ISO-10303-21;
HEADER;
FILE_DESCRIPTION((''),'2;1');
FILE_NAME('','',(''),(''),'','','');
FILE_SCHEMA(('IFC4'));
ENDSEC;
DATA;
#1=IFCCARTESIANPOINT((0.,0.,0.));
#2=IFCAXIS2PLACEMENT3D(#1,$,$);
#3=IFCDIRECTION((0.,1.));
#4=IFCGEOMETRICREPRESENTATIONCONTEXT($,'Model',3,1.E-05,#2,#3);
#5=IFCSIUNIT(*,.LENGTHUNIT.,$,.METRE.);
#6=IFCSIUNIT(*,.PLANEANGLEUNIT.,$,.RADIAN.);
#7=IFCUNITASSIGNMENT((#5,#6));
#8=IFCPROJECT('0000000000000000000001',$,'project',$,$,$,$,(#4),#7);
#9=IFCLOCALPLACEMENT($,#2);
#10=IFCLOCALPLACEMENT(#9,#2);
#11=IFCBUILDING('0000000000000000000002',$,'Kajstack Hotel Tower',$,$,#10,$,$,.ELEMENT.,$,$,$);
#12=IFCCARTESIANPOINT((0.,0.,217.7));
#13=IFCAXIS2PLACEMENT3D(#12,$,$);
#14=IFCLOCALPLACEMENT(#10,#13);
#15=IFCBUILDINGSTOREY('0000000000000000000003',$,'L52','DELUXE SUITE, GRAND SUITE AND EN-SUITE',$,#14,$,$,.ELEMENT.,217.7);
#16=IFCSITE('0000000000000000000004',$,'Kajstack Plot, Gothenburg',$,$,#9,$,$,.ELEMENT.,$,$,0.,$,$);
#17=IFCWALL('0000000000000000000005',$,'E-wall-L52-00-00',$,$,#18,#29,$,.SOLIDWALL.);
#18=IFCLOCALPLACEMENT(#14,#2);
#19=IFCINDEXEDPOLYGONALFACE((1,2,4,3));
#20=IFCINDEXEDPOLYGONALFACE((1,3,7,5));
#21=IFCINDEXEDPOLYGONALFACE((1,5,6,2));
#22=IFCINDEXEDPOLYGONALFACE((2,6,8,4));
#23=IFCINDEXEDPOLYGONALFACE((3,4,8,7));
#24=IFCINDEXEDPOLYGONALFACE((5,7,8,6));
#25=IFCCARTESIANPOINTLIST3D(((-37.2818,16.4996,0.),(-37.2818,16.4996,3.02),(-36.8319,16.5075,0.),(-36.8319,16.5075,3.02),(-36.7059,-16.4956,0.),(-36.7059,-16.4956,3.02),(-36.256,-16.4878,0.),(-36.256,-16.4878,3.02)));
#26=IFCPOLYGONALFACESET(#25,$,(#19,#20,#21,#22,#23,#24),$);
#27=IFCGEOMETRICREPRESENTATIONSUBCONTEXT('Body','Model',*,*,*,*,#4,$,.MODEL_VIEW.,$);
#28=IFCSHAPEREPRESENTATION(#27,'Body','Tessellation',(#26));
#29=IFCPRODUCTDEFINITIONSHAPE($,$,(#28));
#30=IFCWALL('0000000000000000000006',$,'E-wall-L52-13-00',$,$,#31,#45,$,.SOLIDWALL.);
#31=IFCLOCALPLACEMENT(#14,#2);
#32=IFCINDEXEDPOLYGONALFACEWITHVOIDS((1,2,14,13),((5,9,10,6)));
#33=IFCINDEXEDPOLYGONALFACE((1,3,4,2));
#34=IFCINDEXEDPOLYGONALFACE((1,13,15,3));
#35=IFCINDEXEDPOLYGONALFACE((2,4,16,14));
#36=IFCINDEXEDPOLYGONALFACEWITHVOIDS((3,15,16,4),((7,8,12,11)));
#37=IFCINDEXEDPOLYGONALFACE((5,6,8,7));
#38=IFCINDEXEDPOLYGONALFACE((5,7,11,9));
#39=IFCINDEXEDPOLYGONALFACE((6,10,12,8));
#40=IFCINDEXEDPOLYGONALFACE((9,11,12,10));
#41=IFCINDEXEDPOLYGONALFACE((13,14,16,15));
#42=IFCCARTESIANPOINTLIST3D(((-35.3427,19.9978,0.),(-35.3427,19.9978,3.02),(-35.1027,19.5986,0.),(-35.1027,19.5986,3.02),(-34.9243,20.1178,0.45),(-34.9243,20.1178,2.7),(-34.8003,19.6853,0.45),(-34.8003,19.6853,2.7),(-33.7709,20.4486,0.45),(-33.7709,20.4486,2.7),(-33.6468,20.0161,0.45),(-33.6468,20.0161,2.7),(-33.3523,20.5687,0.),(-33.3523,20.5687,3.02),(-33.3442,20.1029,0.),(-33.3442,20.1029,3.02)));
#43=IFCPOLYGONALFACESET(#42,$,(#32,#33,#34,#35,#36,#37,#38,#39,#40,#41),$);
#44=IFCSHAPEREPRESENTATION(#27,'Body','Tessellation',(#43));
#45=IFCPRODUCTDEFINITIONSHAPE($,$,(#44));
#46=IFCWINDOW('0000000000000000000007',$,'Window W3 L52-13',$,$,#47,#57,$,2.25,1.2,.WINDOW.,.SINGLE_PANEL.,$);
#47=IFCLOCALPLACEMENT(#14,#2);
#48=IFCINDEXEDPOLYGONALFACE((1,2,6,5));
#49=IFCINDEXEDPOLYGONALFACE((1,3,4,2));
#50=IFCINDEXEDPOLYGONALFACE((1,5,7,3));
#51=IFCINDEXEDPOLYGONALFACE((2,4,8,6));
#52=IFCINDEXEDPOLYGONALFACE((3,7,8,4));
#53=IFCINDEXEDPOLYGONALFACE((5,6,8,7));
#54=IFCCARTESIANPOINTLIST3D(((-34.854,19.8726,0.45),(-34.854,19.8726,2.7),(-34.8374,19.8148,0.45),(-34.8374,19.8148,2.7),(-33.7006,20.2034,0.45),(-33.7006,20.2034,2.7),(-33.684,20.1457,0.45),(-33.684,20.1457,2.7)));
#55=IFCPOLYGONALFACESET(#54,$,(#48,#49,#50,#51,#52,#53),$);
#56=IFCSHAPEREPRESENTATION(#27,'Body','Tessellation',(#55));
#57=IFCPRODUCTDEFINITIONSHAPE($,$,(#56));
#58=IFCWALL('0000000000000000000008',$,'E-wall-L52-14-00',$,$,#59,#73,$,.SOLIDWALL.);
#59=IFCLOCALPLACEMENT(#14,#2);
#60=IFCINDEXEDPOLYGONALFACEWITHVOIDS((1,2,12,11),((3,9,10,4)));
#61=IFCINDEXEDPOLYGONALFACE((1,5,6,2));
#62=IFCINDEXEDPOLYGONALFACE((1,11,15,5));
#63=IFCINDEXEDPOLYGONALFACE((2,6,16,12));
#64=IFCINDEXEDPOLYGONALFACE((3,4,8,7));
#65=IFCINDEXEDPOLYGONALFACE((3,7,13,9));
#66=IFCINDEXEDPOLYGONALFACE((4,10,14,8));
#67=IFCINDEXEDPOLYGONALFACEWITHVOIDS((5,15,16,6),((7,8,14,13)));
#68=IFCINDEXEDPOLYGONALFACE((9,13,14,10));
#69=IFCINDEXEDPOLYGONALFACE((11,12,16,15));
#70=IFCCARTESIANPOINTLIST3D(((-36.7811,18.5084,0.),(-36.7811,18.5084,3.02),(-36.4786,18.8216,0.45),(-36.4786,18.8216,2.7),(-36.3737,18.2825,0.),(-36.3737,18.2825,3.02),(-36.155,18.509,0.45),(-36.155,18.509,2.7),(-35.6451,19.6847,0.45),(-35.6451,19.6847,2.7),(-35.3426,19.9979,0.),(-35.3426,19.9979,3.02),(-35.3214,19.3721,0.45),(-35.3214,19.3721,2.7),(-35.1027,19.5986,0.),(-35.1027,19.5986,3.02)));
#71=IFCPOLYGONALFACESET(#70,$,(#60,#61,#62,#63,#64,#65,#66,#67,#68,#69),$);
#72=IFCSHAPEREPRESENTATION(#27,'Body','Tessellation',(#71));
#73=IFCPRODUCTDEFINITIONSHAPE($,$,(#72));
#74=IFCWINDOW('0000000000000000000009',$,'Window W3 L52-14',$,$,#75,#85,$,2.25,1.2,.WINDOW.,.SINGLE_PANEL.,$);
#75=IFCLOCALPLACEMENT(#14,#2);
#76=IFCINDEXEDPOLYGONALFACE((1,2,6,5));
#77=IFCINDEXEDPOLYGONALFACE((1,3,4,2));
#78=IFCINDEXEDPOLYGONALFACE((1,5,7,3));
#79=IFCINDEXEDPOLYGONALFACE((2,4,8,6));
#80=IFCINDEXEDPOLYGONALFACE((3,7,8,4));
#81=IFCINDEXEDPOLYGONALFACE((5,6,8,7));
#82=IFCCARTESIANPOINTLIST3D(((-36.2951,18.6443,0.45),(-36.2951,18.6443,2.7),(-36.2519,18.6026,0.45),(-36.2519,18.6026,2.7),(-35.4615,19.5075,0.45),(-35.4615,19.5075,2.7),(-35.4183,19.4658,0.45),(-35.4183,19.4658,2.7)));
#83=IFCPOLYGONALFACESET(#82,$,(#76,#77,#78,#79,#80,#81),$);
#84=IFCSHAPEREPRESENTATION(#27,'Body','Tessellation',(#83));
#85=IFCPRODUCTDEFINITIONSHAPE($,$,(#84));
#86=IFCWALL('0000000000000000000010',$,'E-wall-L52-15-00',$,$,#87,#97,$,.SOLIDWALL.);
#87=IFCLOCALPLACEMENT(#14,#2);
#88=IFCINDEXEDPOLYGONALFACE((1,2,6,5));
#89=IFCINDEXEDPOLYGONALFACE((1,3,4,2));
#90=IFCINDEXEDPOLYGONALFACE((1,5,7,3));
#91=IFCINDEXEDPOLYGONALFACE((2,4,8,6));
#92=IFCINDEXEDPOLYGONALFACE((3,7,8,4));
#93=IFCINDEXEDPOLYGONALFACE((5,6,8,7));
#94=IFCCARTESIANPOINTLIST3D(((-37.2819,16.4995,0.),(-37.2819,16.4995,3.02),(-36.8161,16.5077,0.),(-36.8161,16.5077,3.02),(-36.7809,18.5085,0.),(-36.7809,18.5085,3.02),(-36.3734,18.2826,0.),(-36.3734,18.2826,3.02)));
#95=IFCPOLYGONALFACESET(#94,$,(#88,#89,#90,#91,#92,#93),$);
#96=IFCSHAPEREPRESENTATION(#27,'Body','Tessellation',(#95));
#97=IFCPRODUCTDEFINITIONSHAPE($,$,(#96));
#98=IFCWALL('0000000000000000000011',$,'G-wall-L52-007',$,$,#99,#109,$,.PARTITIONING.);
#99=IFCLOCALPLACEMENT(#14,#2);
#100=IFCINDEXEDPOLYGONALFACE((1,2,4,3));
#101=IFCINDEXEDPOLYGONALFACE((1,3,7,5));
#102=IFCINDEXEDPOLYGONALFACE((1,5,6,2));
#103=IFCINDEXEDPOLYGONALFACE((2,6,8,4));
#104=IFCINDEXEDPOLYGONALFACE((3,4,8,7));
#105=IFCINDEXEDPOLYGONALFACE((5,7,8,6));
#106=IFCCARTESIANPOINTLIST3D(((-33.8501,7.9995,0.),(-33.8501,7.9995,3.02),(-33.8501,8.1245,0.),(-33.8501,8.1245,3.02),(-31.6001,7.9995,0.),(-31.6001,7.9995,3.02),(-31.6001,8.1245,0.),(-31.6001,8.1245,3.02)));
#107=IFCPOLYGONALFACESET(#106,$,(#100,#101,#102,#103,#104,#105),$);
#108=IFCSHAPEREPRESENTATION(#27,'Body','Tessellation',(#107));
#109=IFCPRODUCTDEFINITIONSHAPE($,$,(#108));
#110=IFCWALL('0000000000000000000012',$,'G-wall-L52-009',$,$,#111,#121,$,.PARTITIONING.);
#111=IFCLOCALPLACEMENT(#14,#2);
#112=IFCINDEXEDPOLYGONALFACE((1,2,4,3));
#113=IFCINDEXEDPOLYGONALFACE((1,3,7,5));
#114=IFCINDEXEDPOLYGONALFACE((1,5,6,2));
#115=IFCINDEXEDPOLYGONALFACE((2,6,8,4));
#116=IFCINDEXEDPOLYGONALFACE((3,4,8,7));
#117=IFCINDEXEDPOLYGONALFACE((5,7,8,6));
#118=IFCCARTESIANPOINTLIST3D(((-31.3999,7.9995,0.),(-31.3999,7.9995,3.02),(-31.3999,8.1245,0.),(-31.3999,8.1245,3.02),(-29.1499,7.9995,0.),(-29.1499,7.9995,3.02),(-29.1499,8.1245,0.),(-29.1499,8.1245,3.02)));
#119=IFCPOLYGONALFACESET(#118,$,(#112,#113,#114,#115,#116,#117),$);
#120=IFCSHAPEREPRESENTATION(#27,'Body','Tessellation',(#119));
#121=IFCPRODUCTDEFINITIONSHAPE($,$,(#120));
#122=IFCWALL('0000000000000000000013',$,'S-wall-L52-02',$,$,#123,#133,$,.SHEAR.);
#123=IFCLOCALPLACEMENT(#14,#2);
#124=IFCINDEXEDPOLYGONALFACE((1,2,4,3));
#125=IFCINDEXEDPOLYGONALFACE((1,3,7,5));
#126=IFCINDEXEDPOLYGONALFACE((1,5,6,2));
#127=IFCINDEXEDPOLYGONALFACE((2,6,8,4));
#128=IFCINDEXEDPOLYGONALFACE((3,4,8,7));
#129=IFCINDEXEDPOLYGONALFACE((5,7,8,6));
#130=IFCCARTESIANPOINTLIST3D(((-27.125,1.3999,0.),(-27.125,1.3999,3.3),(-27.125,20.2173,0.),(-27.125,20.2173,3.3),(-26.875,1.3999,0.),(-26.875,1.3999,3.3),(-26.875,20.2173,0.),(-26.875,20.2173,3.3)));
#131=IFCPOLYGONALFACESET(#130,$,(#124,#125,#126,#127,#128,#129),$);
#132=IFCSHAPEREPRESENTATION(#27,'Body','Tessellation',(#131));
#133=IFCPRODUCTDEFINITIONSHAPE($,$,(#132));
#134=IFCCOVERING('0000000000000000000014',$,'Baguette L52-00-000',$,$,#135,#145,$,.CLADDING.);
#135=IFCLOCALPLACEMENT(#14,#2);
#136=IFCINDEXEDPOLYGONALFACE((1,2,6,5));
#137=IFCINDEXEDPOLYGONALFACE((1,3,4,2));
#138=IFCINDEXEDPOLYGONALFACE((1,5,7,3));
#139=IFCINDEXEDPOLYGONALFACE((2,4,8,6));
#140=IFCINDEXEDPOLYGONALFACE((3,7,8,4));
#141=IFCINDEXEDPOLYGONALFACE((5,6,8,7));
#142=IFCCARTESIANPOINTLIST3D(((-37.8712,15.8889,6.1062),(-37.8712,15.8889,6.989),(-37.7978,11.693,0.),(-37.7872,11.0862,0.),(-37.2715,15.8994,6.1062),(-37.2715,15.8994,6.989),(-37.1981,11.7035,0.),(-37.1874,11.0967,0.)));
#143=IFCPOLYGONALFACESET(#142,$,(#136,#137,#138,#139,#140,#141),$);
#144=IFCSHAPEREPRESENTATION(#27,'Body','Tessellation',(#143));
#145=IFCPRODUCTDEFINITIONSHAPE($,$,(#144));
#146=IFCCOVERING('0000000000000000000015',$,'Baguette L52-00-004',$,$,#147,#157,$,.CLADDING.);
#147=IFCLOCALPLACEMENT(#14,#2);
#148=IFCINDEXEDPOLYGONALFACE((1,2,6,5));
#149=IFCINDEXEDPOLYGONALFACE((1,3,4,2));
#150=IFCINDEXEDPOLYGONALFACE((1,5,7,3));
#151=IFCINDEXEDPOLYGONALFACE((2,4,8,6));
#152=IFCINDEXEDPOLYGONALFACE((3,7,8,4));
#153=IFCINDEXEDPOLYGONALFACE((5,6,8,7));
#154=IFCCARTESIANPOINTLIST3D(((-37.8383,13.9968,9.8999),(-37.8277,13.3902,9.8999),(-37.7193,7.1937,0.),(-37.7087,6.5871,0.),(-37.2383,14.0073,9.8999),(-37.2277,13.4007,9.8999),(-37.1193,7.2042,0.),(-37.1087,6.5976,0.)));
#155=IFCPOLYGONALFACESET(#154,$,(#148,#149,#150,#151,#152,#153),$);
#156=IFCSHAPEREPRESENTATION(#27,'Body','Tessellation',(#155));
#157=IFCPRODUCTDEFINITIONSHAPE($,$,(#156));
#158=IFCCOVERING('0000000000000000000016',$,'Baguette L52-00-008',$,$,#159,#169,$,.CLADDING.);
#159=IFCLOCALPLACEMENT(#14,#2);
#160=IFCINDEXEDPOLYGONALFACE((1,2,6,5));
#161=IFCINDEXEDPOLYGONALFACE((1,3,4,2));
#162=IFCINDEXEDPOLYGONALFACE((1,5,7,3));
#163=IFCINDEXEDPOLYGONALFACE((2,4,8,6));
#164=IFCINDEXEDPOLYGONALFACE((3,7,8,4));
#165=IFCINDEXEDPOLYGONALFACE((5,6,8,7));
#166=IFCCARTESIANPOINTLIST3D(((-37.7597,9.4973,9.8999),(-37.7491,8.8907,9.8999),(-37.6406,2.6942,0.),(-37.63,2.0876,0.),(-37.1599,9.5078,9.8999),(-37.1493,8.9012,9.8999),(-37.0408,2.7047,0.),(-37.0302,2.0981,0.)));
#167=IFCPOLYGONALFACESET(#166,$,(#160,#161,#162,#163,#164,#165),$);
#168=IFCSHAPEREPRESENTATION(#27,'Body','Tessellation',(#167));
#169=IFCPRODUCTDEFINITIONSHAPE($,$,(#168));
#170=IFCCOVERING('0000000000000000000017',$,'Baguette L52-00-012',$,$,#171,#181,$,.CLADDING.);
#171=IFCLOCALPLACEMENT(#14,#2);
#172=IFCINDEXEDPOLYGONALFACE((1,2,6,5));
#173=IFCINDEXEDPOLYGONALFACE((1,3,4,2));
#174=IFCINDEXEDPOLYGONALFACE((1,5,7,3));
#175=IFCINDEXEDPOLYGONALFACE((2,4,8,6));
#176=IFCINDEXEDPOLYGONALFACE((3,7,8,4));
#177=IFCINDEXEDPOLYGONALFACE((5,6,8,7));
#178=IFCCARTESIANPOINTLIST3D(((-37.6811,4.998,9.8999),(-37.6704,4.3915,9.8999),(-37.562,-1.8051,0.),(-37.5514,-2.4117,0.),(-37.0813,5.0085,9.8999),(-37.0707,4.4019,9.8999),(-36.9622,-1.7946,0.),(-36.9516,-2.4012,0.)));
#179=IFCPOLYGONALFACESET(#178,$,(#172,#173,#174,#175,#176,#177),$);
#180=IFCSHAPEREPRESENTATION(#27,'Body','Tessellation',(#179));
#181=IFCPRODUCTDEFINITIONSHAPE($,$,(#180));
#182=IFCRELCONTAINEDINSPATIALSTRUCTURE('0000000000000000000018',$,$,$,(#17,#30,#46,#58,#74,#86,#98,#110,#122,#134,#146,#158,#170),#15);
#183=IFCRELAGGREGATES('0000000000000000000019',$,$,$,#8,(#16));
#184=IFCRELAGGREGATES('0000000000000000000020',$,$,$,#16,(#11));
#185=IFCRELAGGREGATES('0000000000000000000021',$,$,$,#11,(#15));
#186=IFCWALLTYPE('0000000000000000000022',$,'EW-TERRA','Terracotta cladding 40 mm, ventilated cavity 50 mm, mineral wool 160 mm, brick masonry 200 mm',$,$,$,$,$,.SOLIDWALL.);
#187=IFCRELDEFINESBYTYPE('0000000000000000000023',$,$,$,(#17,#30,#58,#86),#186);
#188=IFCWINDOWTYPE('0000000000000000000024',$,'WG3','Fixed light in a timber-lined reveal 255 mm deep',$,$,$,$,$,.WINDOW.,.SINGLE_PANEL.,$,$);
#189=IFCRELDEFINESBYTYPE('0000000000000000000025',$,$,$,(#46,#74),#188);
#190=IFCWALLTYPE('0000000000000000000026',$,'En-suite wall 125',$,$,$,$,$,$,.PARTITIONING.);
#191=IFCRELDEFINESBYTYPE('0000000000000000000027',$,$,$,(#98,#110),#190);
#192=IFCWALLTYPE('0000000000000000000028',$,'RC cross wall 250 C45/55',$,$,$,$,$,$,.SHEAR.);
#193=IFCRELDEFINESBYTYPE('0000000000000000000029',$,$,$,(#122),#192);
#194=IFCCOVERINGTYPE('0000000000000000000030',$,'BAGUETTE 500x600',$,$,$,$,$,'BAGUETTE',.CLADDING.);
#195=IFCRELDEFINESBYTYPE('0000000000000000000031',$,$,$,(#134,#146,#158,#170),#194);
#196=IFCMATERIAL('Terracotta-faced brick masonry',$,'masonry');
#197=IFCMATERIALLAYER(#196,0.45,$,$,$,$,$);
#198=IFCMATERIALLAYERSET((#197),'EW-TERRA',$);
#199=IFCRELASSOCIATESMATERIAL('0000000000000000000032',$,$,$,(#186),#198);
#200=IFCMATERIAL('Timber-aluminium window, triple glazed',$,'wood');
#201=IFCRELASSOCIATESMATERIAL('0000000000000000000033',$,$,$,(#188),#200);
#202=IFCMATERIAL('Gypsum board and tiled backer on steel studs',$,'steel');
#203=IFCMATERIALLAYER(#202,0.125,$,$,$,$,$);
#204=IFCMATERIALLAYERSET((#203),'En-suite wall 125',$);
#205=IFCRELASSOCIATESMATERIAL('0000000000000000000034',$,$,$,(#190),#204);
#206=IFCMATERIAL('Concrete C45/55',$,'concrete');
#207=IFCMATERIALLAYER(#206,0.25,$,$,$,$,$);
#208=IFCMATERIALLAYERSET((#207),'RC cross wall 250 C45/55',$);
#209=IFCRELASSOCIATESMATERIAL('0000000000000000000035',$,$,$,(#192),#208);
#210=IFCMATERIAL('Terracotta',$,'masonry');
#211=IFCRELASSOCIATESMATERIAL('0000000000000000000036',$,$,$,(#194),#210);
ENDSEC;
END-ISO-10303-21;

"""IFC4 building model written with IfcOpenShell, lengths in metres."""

from ifc_helpers import new_model, si_unit, direction, frame, frame_2d, origin, origin_2d, place, context, subcontext, project, spatial, polyline, rectangle, outline, extrude, material, layer, layer_set, material_profile, profile_set, type_object, element, fill, save


model = new_model("IFC4")

# Units and contexts
model_context = context("Model", 3, precision=1e-05, world=origin(), true_north=direction((0.0, 1.0)))
body_context = subcontext(model_context, "Body", "Model", "MODEL_VIEW")
ifc_project = project(units=[si_unit("LENGTHUNIT", "METRE"), si_unit("PLANEANGLEUNIT", "RADIAN")], contexts=[model_context])

# Site, building, storey
site_placement = place(None, origin())
site = spatial("IfcSite", under=ifc_project, at=site_placement, Name="Kajstack Plot, Gothenburg", CompositionType="ELEMENT", RefElevation=0.0)
building_placement = place(site_placement, origin())
building = spatial("IfcBuilding", under=site, at=building_placement, Name="Kajstack Hotel Tower", CompositionType="ELEMENT")
storey_placement = place(building_placement, frame((0.0, 0.0, 217.7)))
storey = spatial("IfcBuildingStorey", under=building, at=storey_placement, Name="L52", Description="DELUXE SUITE, GRAND SUITE AND EN-SUITE", CompositionType="ELEMENT", Elevation=217.7)

# Wall
ifc_material_1 = material(Name="Terracotta-faced brick masonry", Category="masonry")
ifc_layer_1 = layer(ifc_material_1, 0.45)
ifc_layer_set_1 = layer_set([ifc_layer_1], Name="EW-TERRA")
wall_type_1 = type_object("IfcWallType", Name="EW-TERRA", Description="Terracotta cladding 40 mm, ventilated cavity 50 mm, mineral wool 160 mm, brick masonry 200 mm", PredefinedType="SOLIDWALL", material=ifc_layer_set_1)
wall_1_placement = place(storey_placement, frame((-37.0569, 16.5034, 0.0), z_axis=(0.0, 0.0, 1.0), x_axis=(0.017452, -0.999848, 0.0)))
element("IfcWall", 1, at=wall_1_placement, inside=storey, type_object=wall_type_1, Name="E-wall-L52-00-00", PredefinedType="SOLIDWALL", context=body_context, shape_type="SweptSolid", body=[
    extrude(rectangle(XDim=33.0002, YDim=0.45, at=frame_2d((16.5, 0.0))), origin(), (0.0, 0.0, 1.0), 3.02),
])

# Walls, openings, windows
wall_2_placement = place(storey_placement, frame((-33.2903, 20.3523, 0.0), z_axis=(0.0, 0.0, 1.0), x_axis=(-0.961248, -0.275687, 0.0)))
wall_2 = element("IfcWall", 2, at=wall_2_placement, inside=storey, type_object=wall_type_1, Name="E-wall-L52-13-00", PredefinedType="SOLIDWALL", context=body_context, shape_type="SweptSolid", body=[
    extrude(outline(polyline([(0.0, -0.2251), (2.0706, -0.2251), (1.95, 0.2249), (0.1206, 0.2249), (0.0, -0.2251)])), origin(), (0.0, 0.0, 1.0), 3.02),
])
opening_1_placement = place(wall_2_placement, frame((0.4353, 0.0, 0.45)))
opening_1 = element("IfcOpeningElement", 3, at=opening_1_placement, cuts=wall_2, PredefinedType="OPENING", context=body_context, shape_type="SweptSolid", body=[
    extrude(rectangle(XDim=1.2, YDim=2.25, at=frame_2d((0.6001, 1.125))), frame((0.0, 0.2349, 0.0), z_axis=(0.0, -1.0, 0.0), x_axis=(1.0, 0.0, 0.0)), (0.0, 0.0, 1.0), 0.47),
])
ifc_material_2 = material(Name="Timber-aluminium window, triple glazed", Category="wood")
window_type = type_object("IfcWindowType", Name="WG3", Description="Fixed light in a timber-lined reveal 255 mm deep", PartitioningType="SINGLE_PANEL", PredefinedType="WINDOW", material=ifc_material_2)
window_1_placement = place(opening_1_placement, origin())
window_1 = element("IfcWindow", 4, at=window_1_placement, inside=storey, type_object=window_type, Name="Window W3 L52-13", OverallHeight=2.25, OverallWidth=1.2, PartitioningType="SINGLE_PANEL", PredefinedType="WINDOW", context=body_context, shape_type="SweptSolid", body=[
    extrude(rectangle(XDim=1.2, YDim=2.25, at=frame_2d((0.6001, 1.125))), frame((0.0, 0.0901, 0.0), z_axis=(0.0, -1.0, 0.0), x_axis=(1.0, 0.0, 0.0)), (0.0, 0.0, 1.0), 0.0601),
])
fill(opening_1, window_1)
wall_3_placement = place(storey_placement, frame((-35.1807, 19.8416, 0.0), z_axis=(0.0, 0.0, 1.0), x_axis=(-0.694679, -0.71932, 0.0)))
wall_3 = element("IfcWall", 5, at=wall_3_placement, inside=storey, type_object=wall_type_1, Name="E-wall-L52-14-00", PredefinedType="SOLIDWALL", context=body_context, shape_type="SweptSolid", body=[
    extrude(outline(polyline([(0.0, -0.2251), (2.0708, -0.2251), (1.9502, 0.2249), (0.1206, 0.2249), (0.0, -0.2251)])), origin(), (0.0, 0.0, 1.0), 3.02),
])
opening_2_placement = place(wall_3_placement, frame((0.4353, 0.0, 0.45)))
opening_2 = element("IfcOpeningElement", 6, at=opening_2_placement, cuts=wall_3, PredefinedType="OPENING", context=body_context, shape_type="SweptSolid", body=[
    extrude(rectangle(XDim=1.2, YDim=2.25, at=frame_2d((0.6001, 1.125))), frame((0.0, 0.2349, 0.0), z_axis=(0.0, -1.0, 0.0), x_axis=(1.0, 0.0, 0.0)), (0.0, 0.0, 1.0), 0.47),
])
window_2_placement = place(opening_2_placement, origin())
window_2 = element("IfcWindow", 7, at=window_2_placement, inside=storey, type_object=window_type, Name="Window W3 L52-14", OverallHeight=2.25, OverallWidth=1.2, PartitioningType="SINGLE_PANEL", PredefinedType="WINDOW", context=body_context, shape_type="SweptSolid", body=[
    extrude(rectangle(XDim=1.2, YDim=2.25, at=frame_2d((0.6001, 1.125))), frame((0.0, 0.0901, 0.0), z_axis=(0.0, -1.0, 0.0), x_axis=(1.0, 0.0, 0.0)), (0.0, 0.0, 1.0), 0.0601),
])
fill(opening_2, window_2)

# Walls
wall_4_placement = place(storey_placement, frame((-36.5627, 18.4539, 0.0), z_axis=(0.0, 0.0, 1.0), x_axis=(-0.24187, -0.970309, 0.0)))
element("IfcWall", 8, at=wall_4_placement, inside=storey, type_object=wall_type_1, Name="E-wall-L52-15-00", PredefinedType="SOLIDWALL", context=body_context, shape_type="SweptSolid", body=[
    extrude(outline(polyline([(-0.0002, -0.2249), (2.0703, -0.2251), (1.9497, 0.2249), (0.1204, 0.2251), (-0.0002, -0.2249)])), origin(), (0.0, 0.0, 1.0), 3.02),
])
ifc_material_3 = material(Name="Gypsum board and tiled backer on steel studs", Category="steel")
ifc_layer_2 = layer(ifc_material_3, 0.125)
ifc_layer_set_2 = layer_set([ifc_layer_2], Name="En-suite wall 125")
wall_type_2 = type_object("IfcWallType", Name="En-suite wall 125", PredefinedType="PARTITIONING", material=ifc_layer_set_2)
for number, where, z_axis, x_axis, name in (
    (9, (-33.8501, 8.062, 0.0), (0.0, 0.0, 1.0), (1.0, 0.0, 0.0), "G-wall-L52-007"),
    (10, (-31.3999, 8.062, 0.0), (0.0, 0.0, 1.0), (1.0, 0.0, 0.0), "G-wall-L52-009"),
):
    element("IfcWall", number, at=place(storey_placement, frame(where, z_axis=z_axis, x_axis=x_axis)), inside=storey, type_object=wall_type_2, Name=name, PredefinedType="PARTITIONING", context=body_context, shape_type="SweptSolid", body=[
        extrude(rectangle(XDim=2.25, YDim=0.125, at=frame_2d((1.125, 0.0))), origin(), (0.0, 0.0, 1.0), 3.02),
    ])
ifc_material_4 = material(Name="Concrete C45/55", Category="concrete")
ifc_layer_3 = layer(ifc_material_4, 0.25)
ifc_layer_set_3 = layer_set([ifc_layer_3], Name="RC cross wall 250 C45/55")
wall_type_3 = type_object("IfcWallType", Name="RC cross wall 250 C45/55", PredefinedType="SHEAR", material=ifc_layer_set_3)
wall_5_placement = place(storey_placement, frame((-27.0, 1.3999, 0.0), z_axis=(0.0, 0.0, 1.0), x_axis=(0.0, 1.0, 0.0)))
element("IfcWall", 11, at=wall_5_placement, inside=storey, type_object=wall_type_3, Name="S-wall-L52-02", PredefinedType="SHEAR", context=body_context, shape_type="SweptSolid", body=[
    extrude(rectangle(XDim=18.8174, YDim=0.25, at=frame_2d((9.4087, 0.0))), origin(), (0.0, 0.0, 1.0), 3.3),
])

# Coverings
ifc_material_5 = material(Name="Terracotta", Category="masonry")
ifc_material_profile = material_profile(ifc_material_5, rectangle(XDim=0.6001, YDim=0.5, at=origin_2d()), Name="Terracotta-clad concrete baguette 500 x 600")
ifc_profile_set = profile_set([ifc_material_profile], Name="Terracotta")
covering_type = type_object("IfcCoveringType", Name="BAGUETTE 500x600", ElementType="BAGUETTE", PredefinedType="CLADDING", material=ifc_profile_set)
covering_1_placement = place(storey_placement, frame((-37.2715, 15.8994, 0.0), z_axis=(-0.999847, -0.017498, 0.0), x_axis=(0.017498, -0.999847, 0.0)))
element("IfcCovering", 12, at=covering_1_placement, inside=storey, type_object=covering_type, Name="Baguette L52-00-000", PredefinedType="CLADDING", context=body_context, shape_type="SweptSolid", body=[
    extrude(outline(polyline([(4.8035, 0.0), (0.0, 6.989), (0.0, 6.1062), (4.1965, 0.0), (4.8035, 0.0)])), origin(), (0.0, 0.0, 1.0), 0.5999),
])
covering_2_placement = place(storey_placement, frame((-37.2383, 14.0073, 0.0), z_axis=(-0.999847, -0.017491, 0.0), x_axis=(0.017491, -0.999847, 0.0)))
element("IfcCovering", 13, at=covering_2_placement, inside=storey, type_object=covering_type, Name="Baguette L52-00-004", PredefinedType="CLADDING", context=body_context, shape_type="SweptSolid", body=[
    extrude(outline(polyline([(0.0, 9.8999), (6.8042, 0.0), (7.4109, 0.0), (0.6067, 9.8999), (0.0, 9.8999)])), origin(), (0.0, 0.0, 1.0), 0.6001),
])
for number, where, z_axis, x_axis, name in (
    (14, (-37.1599, 9.5078, 0.0), (-0.999847, -0.017498, 0.0), (0.017498, -0.999847, 0.0), "Baguette L52-00-008"),
    (15, (-37.0813, 5.0085, 0.0), (-0.999847, -0.017498, 0.0), (0.017498, -0.999847, 0.0), "Baguette L52-00-012"),
):
    element("IfcCovering", number, at=place(storey_placement, frame(where, z_axis=z_axis, x_axis=x_axis)), inside=storey, type_object=covering_type, Name=name, PredefinedType="CLADDING", context=body_context, shape_type="SweptSolid", body=[
        extrude(outline(polyline([(0.0, 9.8999), (6.8042, 0.0), (7.4109, 0.0), (0.6067, 9.8999), (0.0, 9.8999)])), origin(), (0.0, 0.0, 1.0), 0.5999),
    ])

save(model, "model.ifc")
